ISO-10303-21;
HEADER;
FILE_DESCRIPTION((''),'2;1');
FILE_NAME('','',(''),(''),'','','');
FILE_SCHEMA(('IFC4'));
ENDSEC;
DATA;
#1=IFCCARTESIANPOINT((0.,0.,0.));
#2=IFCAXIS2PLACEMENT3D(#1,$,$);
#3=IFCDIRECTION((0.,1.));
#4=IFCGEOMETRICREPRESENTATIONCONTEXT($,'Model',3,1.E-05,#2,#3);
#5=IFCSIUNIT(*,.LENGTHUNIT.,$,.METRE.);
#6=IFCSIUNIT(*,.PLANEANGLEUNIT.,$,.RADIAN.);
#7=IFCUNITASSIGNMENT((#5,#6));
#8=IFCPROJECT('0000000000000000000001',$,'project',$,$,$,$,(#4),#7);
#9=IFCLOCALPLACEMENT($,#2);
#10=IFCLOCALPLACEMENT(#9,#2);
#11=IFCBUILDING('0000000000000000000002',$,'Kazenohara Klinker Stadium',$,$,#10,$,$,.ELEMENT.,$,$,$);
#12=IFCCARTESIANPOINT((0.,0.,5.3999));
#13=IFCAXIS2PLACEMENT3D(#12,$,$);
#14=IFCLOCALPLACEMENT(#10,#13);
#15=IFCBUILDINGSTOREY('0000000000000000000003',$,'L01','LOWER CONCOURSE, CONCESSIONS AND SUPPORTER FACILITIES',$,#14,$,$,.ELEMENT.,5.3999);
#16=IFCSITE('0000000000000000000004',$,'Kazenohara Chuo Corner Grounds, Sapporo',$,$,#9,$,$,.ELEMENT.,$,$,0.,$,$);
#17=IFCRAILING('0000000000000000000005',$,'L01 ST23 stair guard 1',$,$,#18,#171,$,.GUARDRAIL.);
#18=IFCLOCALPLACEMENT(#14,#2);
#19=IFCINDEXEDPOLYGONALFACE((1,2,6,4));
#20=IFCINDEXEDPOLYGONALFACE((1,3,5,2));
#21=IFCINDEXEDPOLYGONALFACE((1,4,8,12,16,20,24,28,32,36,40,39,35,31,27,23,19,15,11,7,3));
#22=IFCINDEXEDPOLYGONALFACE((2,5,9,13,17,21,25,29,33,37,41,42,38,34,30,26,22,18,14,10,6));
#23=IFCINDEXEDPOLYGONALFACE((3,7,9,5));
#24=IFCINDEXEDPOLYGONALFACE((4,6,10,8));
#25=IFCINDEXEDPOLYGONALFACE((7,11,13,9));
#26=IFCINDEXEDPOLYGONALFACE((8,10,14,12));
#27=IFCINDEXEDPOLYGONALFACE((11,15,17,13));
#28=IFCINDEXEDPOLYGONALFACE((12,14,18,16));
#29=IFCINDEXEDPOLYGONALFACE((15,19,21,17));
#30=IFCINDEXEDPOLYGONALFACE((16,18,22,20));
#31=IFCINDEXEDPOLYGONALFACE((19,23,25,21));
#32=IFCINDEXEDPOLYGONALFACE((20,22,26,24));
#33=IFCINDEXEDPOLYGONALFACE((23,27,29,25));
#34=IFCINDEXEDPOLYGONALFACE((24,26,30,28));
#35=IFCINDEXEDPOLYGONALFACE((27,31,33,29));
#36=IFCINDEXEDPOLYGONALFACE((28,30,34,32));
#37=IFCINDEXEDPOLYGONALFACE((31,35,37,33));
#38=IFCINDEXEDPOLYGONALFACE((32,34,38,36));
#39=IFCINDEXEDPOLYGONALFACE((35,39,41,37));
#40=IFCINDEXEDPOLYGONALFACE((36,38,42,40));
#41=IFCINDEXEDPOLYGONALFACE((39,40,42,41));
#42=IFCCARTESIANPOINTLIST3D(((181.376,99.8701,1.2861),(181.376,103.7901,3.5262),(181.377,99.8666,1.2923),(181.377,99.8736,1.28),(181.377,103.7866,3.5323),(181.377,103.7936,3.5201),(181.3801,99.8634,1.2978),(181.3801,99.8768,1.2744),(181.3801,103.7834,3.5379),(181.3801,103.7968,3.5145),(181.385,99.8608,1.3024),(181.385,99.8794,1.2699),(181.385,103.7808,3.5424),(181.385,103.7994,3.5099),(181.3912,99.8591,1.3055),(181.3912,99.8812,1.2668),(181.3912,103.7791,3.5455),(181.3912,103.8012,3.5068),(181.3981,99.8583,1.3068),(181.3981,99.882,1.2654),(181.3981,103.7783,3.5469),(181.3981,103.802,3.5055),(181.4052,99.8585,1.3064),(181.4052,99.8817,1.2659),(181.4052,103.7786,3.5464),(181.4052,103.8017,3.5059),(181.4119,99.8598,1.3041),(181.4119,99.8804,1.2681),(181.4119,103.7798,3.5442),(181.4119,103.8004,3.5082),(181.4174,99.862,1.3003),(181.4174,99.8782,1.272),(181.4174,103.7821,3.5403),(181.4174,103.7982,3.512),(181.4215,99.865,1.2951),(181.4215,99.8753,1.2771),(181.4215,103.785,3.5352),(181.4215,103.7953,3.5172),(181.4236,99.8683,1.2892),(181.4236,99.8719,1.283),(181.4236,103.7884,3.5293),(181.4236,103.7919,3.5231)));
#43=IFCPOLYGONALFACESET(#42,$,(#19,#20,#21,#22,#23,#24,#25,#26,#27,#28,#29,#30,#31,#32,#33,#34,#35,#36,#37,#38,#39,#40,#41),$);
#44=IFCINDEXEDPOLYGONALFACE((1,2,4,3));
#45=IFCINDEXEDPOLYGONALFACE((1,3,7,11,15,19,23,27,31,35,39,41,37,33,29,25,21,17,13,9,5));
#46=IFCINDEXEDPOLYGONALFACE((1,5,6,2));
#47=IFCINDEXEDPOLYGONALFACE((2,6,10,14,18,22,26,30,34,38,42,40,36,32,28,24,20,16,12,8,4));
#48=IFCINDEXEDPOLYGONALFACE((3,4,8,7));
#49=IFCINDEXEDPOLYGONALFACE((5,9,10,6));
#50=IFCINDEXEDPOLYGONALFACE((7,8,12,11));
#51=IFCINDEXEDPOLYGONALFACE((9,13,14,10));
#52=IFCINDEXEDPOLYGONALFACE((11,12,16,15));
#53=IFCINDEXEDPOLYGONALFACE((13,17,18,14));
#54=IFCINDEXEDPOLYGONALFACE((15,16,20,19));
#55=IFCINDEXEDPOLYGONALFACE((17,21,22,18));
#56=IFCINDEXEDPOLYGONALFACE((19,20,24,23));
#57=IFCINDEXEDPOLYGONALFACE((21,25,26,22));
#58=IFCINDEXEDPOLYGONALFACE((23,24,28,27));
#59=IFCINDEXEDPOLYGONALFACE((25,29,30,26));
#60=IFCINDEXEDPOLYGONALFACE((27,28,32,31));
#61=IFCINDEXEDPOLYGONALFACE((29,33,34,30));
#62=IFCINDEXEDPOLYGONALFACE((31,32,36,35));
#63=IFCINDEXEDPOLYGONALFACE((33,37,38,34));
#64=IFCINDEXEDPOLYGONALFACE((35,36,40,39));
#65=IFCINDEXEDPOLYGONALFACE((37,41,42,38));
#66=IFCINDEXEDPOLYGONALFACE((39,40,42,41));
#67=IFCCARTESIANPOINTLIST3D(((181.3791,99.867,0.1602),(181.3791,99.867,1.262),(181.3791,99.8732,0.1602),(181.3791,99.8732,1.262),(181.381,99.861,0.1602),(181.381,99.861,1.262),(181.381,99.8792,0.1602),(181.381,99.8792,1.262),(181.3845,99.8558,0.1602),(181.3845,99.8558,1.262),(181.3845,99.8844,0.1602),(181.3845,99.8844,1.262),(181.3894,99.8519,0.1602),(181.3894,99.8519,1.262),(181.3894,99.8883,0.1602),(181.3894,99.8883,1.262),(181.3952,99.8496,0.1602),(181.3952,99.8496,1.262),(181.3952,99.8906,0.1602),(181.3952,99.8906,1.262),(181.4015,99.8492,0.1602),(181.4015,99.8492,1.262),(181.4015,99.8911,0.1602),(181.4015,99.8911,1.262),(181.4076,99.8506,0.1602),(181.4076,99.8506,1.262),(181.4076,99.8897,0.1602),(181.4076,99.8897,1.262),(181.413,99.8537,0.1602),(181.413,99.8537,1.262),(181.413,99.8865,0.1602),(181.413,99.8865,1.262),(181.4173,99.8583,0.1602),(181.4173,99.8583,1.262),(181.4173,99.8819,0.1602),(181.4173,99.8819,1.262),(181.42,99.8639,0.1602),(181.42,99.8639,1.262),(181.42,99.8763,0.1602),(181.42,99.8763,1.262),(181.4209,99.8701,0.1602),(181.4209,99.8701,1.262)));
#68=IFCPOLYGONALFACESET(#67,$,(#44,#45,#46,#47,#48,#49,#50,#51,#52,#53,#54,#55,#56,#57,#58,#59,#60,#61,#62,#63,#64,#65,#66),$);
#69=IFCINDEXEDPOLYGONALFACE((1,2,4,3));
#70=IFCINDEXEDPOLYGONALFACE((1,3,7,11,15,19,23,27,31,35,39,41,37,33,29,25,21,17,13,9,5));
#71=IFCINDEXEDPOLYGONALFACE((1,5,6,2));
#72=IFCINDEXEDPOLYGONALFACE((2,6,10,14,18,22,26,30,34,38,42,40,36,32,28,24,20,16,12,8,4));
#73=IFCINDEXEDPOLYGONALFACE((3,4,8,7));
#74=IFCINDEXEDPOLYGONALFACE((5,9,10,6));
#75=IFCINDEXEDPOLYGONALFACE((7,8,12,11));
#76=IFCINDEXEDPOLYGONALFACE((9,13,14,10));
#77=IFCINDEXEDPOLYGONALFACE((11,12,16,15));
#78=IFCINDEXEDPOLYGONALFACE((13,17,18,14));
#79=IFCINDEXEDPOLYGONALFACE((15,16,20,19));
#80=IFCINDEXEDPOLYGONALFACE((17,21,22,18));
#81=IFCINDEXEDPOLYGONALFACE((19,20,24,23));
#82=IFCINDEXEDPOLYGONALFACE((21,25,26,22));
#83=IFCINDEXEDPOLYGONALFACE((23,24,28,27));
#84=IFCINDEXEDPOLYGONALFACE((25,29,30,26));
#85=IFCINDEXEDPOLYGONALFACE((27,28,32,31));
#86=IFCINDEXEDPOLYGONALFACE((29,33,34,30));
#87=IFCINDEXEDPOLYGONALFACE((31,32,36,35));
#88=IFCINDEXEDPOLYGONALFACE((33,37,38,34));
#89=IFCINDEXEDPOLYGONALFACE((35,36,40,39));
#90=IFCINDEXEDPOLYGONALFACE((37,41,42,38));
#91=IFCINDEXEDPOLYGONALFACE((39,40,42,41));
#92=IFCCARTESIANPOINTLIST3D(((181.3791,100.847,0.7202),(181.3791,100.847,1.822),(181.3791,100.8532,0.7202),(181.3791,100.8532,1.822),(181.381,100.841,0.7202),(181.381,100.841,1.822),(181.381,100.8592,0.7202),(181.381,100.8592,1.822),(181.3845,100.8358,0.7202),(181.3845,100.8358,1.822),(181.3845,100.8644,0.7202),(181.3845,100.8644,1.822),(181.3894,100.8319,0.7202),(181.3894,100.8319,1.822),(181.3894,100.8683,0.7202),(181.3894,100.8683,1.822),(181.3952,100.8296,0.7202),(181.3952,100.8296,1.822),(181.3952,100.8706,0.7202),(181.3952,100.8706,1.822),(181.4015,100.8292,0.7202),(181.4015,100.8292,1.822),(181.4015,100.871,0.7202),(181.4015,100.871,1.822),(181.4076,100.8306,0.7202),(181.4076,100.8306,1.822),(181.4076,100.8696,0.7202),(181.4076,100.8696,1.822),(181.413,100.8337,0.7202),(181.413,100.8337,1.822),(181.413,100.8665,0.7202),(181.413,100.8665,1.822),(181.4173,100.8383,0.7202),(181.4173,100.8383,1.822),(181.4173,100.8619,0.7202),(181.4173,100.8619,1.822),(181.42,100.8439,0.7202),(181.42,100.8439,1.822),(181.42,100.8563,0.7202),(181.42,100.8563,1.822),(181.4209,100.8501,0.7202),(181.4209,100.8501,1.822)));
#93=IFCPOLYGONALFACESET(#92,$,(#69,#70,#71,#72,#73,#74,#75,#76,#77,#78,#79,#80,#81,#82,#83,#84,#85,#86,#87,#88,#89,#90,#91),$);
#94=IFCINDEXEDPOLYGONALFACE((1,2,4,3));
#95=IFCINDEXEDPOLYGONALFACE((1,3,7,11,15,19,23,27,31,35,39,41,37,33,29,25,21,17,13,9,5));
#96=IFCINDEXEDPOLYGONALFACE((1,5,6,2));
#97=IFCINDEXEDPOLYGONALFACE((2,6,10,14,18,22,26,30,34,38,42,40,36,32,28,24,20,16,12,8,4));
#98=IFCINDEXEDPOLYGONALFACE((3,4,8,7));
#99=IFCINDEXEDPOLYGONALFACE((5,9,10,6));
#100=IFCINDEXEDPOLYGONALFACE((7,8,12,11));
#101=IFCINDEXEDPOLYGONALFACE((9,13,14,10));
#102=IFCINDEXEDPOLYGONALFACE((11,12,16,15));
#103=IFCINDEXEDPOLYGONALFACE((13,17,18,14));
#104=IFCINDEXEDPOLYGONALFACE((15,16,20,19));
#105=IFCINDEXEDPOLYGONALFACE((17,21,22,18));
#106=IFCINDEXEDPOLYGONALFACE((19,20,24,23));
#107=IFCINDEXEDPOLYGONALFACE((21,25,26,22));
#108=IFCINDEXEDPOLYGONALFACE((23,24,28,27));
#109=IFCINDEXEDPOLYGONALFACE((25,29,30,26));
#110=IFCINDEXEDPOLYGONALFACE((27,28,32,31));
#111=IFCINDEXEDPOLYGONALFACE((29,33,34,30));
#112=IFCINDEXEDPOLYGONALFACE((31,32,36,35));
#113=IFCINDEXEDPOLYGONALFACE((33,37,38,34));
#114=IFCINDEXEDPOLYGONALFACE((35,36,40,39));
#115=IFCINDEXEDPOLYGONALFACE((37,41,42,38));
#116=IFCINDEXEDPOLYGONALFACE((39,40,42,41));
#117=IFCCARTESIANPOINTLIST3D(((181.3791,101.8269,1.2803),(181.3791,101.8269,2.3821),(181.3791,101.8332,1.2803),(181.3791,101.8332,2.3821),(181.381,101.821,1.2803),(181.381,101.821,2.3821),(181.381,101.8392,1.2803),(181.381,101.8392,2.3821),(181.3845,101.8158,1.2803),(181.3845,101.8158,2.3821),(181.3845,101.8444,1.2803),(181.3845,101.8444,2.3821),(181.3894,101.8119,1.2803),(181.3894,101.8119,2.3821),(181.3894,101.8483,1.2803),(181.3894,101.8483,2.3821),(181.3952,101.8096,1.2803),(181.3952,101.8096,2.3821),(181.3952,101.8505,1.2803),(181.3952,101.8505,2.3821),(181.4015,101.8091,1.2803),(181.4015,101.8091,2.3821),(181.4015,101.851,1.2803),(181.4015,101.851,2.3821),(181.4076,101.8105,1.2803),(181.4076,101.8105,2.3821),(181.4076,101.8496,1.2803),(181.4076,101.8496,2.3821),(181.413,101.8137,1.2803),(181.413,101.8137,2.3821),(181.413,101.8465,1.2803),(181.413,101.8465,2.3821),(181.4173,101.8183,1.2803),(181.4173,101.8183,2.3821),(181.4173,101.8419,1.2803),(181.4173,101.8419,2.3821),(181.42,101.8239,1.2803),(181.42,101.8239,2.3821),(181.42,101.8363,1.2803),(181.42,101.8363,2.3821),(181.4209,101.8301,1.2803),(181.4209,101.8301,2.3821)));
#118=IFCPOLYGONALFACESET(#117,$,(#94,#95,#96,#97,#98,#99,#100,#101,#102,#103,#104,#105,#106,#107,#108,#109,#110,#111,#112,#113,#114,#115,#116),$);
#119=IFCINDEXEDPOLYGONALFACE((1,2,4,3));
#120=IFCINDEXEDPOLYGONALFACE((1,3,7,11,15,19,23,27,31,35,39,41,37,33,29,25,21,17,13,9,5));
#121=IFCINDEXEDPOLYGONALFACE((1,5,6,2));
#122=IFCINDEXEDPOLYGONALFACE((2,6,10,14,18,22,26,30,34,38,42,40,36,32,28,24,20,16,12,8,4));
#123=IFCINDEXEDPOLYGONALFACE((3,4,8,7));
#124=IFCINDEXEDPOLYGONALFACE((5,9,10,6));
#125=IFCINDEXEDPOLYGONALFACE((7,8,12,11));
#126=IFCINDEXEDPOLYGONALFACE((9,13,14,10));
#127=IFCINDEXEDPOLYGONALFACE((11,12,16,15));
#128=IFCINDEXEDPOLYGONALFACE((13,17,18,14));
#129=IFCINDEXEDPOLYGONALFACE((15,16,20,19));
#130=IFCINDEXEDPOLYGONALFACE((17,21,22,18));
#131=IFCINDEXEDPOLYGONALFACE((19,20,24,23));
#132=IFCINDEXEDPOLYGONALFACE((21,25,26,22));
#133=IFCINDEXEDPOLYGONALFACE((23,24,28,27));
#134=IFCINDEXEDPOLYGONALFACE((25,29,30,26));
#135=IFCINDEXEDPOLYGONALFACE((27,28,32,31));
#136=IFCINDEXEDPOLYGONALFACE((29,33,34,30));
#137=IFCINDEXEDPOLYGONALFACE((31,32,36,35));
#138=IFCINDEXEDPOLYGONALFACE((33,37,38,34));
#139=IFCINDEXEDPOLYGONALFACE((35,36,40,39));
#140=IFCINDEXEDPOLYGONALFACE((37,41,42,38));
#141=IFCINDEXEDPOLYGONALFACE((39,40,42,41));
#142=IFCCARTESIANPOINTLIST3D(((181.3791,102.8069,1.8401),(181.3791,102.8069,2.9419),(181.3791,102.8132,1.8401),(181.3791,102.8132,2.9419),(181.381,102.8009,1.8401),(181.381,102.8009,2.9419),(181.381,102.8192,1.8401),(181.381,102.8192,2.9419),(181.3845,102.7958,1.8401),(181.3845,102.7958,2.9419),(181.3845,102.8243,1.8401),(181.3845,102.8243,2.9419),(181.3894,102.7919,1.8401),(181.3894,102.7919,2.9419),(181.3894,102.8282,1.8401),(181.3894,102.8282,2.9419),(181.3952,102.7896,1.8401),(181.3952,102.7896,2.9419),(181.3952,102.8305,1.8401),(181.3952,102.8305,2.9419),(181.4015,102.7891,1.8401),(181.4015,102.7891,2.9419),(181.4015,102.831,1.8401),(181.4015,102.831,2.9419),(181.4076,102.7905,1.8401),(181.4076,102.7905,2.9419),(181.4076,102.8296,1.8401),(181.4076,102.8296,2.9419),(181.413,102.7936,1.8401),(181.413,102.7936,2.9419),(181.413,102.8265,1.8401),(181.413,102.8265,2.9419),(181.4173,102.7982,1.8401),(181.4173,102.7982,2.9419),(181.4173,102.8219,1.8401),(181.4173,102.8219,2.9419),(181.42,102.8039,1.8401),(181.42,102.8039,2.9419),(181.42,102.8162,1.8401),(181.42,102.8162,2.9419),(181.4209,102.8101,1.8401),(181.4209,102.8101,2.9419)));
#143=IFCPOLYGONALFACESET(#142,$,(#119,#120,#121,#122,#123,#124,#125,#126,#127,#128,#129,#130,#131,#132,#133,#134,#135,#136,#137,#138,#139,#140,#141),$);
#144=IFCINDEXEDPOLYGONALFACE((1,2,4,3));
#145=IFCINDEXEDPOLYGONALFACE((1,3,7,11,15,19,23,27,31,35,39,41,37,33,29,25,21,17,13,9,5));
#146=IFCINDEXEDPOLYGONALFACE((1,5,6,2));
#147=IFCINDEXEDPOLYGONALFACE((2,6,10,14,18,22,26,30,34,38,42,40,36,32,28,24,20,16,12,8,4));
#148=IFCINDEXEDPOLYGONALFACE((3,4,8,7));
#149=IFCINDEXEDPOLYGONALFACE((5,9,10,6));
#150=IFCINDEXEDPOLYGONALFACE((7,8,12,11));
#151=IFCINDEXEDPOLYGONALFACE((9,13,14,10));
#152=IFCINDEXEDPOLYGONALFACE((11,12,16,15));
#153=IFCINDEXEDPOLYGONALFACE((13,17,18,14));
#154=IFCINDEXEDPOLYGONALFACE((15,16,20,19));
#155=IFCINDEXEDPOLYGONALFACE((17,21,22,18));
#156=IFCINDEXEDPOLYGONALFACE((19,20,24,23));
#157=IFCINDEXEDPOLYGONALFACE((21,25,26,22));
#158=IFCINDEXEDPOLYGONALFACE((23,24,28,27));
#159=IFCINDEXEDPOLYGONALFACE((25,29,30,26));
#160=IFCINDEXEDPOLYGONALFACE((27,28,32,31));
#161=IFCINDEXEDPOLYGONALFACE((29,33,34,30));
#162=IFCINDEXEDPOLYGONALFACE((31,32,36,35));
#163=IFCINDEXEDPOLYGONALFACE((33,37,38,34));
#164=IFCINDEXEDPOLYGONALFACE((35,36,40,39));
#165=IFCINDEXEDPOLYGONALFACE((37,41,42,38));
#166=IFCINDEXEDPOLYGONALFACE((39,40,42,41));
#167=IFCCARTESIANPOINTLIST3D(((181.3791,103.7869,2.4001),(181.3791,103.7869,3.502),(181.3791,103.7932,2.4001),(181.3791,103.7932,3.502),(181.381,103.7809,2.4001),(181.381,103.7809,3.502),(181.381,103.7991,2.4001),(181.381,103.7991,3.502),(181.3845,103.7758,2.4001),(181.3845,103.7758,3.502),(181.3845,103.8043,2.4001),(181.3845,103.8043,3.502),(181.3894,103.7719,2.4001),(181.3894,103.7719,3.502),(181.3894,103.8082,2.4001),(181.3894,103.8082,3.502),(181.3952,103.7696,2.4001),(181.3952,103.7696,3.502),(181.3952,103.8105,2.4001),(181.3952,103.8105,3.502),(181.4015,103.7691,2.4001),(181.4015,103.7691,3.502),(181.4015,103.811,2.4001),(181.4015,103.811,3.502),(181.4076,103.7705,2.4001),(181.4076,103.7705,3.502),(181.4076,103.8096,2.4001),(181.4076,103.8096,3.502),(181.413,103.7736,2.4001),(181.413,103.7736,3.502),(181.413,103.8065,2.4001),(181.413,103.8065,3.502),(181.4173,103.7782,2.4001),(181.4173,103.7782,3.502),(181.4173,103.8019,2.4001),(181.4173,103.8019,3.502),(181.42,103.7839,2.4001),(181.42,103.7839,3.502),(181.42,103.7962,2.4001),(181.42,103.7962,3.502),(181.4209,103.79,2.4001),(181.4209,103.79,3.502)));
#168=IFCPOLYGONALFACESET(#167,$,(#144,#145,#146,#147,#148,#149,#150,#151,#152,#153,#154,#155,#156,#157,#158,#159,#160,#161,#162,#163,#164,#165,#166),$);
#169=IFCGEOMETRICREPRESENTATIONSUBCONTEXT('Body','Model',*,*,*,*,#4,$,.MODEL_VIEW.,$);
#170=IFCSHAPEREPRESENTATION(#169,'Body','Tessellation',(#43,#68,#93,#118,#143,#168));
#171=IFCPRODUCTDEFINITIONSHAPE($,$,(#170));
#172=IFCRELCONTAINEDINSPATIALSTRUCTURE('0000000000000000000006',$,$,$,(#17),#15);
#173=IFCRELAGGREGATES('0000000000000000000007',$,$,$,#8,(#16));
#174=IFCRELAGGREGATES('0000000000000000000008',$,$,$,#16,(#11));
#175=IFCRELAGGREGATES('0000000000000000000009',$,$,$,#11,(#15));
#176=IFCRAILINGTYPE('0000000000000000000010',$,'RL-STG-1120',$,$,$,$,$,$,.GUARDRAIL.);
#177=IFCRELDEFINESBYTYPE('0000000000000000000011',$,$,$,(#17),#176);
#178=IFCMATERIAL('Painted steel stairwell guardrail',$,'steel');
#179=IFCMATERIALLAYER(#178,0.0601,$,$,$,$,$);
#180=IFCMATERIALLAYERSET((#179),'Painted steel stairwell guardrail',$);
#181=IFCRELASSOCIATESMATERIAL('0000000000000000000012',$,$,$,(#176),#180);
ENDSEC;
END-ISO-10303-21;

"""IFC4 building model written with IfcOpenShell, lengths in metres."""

from ifc_helpers import new_model, si_unit, direction, frame, origin, origin_2d, place, context, subcontext, project, spatial, circle, extrude, material, layer, layer_set, type_object, element, save


model = new_model("IFC4")

# Units and contexts
model_context = context("Model", 3, precision=1e-05, world=origin(), true_north=direction((0.0, 1.0)))
body_context = subcontext(model_context, "Body", "Model", "MODEL_VIEW")
ifc_project = project(units=[si_unit("LENGTHUNIT", "METRE"), si_unit("PLANEANGLEUNIT", "RADIAN")], contexts=[model_context])

# Site, building, storey
site_placement = place(None, origin())
site = spatial("IfcSite", under=ifc_project, at=site_placement, Name="Kazenohara Chuo Corner Grounds, Sapporo", CompositionType="ELEMENT", RefElevation=0.0)
building_placement = place(site_placement, origin())
building = spatial("IfcBuilding", under=site, at=building_placement, Name="Kazenohara Klinker Stadium", CompositionType="ELEMENT")
storey_placement = place(building_placement, frame((0.0, 0.0, 5.3999)))
storey = spatial("IfcBuildingStorey", under=building, at=storey_placement, Name="L01", Description="LOWER CONCOURSE, CONCESSIONS AND SUPPORTER FACILITIES", CompositionType="ELEMENT", Elevation=5.3999)

# Railing
ifc_material_1 = material(Name="Painted steel stairwell guardrail", Category="steel")
ifc_layer_1 = layer(ifc_material_1, 0.0601)
ifc_layer_set_1 = layer_set([ifc_layer_1], Name="Painted steel stairwell guardrail")
railing_type_1 = type_object("IfcRailingType", Name="RL-STG-1120", PredefinedType="GUARDRAIL", material=ifc_layer_set_1)
railing_1_placement = place(storey_placement, frame((181.3999, 99.8701, 0.1602)))
element("IfcRailing", 1, at=railing_1_placement, inside=storey, type_object=railing_type_1, Name="L01 ST23 stair guard 1", PredefinedType="GUARDRAIL", context=body_context, shape_type="SweptSolid", body=[
    extrude(circle(Radius=0.0239, at=origin_2d()), frame((0.0, 0.0, 1.126), z_axis=(0.0, 0.86824, 0.496145), x_axis=(-1.0, 0.0, 0.0)), (0.0, 0.0, 1.0), 4.5149),
    extrude(circle(Radius=0.021, at=origin_2d()), origin(), (0.0, 0.0, 1.0), 1.1018),
    extrude(circle(Radius=0.021, at=origin_2d()), frame((0.0, 0.98, 0.5601)), (0.0, 0.0, 1.0), 1.1018),
    extrude(circle(Radius=0.021, at=origin_2d()), frame((0.0, 1.96, 1.1201)), (0.0, 0.0, 1.0), 1.1018),
    extrude(circle(Radius=0.021, at=origin_2d()), frame((0.0, 2.9399, 1.6799)), (0.0, 0.0, 1.0), 1.1018),
    extrude(circle(Radius=0.021, at=origin_2d()), frame((0.0, 3.9199, 2.24)), (0.0, 0.0, 1.0), 1.1018),
])

save(model, "model.ifc")
